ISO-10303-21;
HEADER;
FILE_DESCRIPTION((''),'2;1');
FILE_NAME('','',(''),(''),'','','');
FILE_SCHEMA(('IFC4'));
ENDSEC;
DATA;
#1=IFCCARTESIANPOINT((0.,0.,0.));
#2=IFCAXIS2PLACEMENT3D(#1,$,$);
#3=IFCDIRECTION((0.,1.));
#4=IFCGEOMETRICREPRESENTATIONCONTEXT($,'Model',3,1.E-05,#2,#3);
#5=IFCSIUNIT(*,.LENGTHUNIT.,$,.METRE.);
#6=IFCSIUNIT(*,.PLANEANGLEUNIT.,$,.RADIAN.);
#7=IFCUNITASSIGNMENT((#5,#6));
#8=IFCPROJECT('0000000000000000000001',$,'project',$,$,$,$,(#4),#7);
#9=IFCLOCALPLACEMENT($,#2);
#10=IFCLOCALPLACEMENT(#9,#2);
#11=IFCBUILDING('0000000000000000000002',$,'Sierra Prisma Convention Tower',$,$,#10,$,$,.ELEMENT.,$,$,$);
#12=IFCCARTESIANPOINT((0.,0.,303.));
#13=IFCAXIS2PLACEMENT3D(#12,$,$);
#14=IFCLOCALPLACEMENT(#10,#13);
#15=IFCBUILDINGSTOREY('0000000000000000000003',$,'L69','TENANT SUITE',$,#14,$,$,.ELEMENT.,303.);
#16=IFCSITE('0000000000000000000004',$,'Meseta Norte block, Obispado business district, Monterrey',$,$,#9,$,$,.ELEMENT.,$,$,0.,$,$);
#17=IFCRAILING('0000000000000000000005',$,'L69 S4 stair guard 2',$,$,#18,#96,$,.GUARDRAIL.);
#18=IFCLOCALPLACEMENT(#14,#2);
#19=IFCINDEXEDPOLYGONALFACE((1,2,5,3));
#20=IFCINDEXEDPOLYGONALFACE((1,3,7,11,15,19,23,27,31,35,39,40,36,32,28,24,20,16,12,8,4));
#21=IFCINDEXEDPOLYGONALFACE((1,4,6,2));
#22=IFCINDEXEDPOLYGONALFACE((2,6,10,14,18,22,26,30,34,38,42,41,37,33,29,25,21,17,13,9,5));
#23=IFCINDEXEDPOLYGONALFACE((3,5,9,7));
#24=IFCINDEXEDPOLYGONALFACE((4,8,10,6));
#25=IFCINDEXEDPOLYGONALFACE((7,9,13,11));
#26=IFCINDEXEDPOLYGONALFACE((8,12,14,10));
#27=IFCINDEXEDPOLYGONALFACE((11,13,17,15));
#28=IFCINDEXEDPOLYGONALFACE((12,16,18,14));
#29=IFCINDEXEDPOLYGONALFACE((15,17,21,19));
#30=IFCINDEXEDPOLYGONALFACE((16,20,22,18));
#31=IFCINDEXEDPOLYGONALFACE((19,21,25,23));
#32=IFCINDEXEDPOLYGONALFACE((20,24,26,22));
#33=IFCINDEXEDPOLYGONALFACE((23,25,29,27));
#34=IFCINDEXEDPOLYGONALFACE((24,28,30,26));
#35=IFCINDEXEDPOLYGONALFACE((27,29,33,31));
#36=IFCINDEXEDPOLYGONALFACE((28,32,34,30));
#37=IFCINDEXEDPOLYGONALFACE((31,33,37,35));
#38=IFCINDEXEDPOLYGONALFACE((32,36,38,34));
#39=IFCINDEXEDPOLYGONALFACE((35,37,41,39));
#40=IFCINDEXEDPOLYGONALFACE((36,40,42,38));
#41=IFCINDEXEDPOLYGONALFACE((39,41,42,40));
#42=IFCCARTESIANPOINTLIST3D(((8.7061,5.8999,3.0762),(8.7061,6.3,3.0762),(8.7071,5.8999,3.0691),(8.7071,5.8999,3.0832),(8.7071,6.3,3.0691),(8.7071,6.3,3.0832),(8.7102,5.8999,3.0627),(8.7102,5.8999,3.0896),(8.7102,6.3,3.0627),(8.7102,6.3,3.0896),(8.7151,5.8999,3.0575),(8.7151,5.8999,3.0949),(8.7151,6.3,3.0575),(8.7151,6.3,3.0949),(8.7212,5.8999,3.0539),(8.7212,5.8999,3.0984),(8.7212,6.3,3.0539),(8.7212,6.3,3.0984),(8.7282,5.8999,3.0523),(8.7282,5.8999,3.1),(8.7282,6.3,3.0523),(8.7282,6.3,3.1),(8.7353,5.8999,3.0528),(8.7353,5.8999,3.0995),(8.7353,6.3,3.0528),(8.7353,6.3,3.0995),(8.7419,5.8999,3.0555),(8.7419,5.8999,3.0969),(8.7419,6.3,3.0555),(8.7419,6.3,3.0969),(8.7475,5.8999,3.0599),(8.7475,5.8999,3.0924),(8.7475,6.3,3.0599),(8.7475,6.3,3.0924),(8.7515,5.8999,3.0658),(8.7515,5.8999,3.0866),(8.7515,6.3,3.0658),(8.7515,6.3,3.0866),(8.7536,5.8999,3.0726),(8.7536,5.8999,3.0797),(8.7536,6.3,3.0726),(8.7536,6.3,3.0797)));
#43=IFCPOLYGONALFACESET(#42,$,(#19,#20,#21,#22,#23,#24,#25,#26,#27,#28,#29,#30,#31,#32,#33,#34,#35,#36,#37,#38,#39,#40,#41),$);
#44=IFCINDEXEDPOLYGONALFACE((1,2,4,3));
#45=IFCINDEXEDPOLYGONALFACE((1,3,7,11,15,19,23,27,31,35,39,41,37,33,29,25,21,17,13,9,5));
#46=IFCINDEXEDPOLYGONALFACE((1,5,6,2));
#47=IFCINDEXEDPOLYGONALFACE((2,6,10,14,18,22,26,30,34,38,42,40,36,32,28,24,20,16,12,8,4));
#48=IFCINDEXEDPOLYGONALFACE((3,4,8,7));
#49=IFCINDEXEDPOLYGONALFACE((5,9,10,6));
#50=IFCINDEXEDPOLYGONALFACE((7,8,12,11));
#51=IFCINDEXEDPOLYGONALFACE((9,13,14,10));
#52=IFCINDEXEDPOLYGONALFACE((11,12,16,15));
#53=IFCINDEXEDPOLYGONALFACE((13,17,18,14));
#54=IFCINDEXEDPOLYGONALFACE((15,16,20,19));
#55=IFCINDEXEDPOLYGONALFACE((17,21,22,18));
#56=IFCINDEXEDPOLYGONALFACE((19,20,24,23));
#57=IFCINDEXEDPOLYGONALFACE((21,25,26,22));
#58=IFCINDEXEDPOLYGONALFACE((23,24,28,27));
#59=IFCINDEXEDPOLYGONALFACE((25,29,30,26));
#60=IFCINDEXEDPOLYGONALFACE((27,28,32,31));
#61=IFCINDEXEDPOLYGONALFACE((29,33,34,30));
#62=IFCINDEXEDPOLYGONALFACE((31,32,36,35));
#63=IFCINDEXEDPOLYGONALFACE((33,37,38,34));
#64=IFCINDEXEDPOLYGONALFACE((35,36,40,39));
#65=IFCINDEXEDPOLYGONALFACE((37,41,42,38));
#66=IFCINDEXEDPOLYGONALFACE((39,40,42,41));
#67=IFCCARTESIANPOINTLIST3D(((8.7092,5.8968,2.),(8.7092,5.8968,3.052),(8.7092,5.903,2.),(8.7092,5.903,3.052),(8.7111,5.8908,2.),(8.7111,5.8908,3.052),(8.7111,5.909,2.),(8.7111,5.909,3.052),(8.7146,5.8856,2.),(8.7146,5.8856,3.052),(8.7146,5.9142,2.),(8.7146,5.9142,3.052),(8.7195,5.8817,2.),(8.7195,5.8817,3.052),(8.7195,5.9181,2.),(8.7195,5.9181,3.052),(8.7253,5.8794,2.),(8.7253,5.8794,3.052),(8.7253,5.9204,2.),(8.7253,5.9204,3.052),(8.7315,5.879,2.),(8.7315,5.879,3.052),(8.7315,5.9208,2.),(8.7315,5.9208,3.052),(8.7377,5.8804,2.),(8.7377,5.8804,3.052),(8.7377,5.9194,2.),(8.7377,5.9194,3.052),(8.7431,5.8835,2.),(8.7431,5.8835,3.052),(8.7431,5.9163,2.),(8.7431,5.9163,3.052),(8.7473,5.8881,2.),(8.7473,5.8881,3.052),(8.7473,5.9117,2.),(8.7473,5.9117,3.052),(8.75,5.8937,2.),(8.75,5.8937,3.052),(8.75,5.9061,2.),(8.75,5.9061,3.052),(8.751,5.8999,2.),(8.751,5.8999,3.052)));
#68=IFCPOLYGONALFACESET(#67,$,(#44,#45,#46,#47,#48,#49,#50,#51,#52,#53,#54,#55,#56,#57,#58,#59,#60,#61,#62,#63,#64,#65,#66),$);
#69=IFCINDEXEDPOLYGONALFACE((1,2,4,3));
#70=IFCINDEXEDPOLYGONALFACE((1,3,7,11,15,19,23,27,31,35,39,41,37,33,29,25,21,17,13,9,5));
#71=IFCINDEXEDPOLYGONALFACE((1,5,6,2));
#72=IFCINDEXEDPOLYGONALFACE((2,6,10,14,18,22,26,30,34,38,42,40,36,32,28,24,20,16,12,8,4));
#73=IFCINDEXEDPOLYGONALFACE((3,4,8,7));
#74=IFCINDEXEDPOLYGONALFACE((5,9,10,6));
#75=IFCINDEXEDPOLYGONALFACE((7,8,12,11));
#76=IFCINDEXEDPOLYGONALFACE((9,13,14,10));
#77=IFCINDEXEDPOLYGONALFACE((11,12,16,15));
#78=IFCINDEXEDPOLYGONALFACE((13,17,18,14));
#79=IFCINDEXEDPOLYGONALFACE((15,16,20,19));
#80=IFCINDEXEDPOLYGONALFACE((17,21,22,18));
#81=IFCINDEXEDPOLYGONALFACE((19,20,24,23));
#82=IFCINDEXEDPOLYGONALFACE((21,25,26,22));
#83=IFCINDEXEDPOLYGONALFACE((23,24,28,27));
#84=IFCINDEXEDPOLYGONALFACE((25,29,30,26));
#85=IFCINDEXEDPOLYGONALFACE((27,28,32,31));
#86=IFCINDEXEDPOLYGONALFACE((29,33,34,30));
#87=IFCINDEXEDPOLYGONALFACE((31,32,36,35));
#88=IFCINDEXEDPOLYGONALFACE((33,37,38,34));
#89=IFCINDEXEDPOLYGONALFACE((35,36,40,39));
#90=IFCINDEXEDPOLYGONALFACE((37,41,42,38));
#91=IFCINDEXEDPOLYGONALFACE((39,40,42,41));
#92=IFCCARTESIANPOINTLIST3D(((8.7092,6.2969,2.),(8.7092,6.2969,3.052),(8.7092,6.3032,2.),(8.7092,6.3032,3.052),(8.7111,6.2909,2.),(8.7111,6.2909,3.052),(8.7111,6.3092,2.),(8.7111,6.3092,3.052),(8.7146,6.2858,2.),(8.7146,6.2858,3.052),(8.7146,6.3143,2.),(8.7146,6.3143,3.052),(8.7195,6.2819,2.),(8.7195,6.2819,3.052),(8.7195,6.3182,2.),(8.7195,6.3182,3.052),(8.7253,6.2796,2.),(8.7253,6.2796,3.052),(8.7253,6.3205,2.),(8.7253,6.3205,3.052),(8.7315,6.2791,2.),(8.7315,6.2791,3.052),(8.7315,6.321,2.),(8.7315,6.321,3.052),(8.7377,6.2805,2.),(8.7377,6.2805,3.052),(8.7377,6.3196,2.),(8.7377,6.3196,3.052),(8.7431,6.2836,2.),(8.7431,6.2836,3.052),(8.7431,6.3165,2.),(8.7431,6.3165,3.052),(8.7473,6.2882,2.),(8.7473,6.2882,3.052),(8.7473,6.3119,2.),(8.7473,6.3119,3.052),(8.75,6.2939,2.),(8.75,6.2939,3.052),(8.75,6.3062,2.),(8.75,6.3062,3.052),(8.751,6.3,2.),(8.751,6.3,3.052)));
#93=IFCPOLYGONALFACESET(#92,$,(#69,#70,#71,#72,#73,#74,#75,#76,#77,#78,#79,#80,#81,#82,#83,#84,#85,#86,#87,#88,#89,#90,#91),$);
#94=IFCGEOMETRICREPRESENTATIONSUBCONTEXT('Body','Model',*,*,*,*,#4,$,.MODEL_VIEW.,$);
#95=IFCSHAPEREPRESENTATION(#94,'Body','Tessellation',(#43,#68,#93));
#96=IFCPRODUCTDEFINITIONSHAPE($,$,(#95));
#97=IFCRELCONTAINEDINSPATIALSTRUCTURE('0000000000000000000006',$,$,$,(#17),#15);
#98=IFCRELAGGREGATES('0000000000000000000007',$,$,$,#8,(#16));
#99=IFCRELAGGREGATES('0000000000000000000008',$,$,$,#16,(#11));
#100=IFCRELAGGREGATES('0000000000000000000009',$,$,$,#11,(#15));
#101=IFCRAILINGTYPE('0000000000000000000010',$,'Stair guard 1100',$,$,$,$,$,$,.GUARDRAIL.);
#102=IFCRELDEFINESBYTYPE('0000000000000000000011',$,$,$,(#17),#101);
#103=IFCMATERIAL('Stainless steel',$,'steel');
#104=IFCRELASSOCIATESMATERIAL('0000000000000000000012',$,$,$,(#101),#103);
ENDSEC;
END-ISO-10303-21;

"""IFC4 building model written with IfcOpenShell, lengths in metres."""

from ifc_helpers import new_model, si_unit, direction, frame, origin, origin_2d, place, context, subcontext, project, spatial, circle, extrude, material, type_object, element, save


model = new_model("IFC4")

# Units and contexts
model_context = context("Model", 3, precision=1e-05, world=origin(), true_north=direction((0.0, 1.0)))
body_context = subcontext(model_context, "Body", "Model", "MODEL_VIEW")
ifc_project = project(units=[si_unit("LENGTHUNIT", "METRE"), si_unit("PLANEANGLEUNIT", "RADIAN")], contexts=[model_context])

# Site, building, storey
site_placement = place(None, origin())
site = spatial("IfcSite", under=ifc_project, at=site_placement, Name="Meseta Norte block, Obispado business district, Monterrey", CompositionType="ELEMENT", RefElevation=0.0)
building_placement = place(site_placement, origin())
building = spatial("IfcBuilding", under=site, at=building_placement, Name="Sierra Prisma Convention Tower", CompositionType="ELEMENT")
storey_placement = place(building_placement, frame((0.0, 0.0, 303.0)))
storey = spatial("IfcBuildingStorey", under=building, at=storey_placement, Name="L69", Description="TENANT SUITE", CompositionType="ELEMENT", Elevation=303.0)

# Railing
ifc_material_1 = material(Name="Stainless steel", Category="steel")
railing_type = type_object("IfcRailingType", Name="Stair guard 1100", PredefinedType="GUARDRAIL", material=ifc_material_1)
railing_1_placement = place(storey_placement, frame((8.73, 5.8999, 2.0)))
element("IfcRailing", 1, at=railing_1_placement, inside=storey, type_object=railing_type, Name="L69 S4 stair guard 2", PredefinedType="GUARDRAIL", context=body_context, shape_type="SweptSolid", body=[
    extrude(circle(Radius=0.0239, at=origin_2d()), frame((0.0, 0.0, 1.0762), z_axis=(0.0, 1.0, 0.0), x_axis=(-1.0, 0.0, 0.0)), (0.0, 0.0, 1.0), 0.4001),
    extrude(circle(Radius=0.021, at=origin_2d()), origin(), (0.0, 0.0, 1.0), 1.052),
    extrude(circle(Radius=0.021, at=origin_2d()), frame((0.0, 0.4001, 0.0)), (0.0, 0.0, 1.0), 1.052),
])

save(model, "model.ifc")
